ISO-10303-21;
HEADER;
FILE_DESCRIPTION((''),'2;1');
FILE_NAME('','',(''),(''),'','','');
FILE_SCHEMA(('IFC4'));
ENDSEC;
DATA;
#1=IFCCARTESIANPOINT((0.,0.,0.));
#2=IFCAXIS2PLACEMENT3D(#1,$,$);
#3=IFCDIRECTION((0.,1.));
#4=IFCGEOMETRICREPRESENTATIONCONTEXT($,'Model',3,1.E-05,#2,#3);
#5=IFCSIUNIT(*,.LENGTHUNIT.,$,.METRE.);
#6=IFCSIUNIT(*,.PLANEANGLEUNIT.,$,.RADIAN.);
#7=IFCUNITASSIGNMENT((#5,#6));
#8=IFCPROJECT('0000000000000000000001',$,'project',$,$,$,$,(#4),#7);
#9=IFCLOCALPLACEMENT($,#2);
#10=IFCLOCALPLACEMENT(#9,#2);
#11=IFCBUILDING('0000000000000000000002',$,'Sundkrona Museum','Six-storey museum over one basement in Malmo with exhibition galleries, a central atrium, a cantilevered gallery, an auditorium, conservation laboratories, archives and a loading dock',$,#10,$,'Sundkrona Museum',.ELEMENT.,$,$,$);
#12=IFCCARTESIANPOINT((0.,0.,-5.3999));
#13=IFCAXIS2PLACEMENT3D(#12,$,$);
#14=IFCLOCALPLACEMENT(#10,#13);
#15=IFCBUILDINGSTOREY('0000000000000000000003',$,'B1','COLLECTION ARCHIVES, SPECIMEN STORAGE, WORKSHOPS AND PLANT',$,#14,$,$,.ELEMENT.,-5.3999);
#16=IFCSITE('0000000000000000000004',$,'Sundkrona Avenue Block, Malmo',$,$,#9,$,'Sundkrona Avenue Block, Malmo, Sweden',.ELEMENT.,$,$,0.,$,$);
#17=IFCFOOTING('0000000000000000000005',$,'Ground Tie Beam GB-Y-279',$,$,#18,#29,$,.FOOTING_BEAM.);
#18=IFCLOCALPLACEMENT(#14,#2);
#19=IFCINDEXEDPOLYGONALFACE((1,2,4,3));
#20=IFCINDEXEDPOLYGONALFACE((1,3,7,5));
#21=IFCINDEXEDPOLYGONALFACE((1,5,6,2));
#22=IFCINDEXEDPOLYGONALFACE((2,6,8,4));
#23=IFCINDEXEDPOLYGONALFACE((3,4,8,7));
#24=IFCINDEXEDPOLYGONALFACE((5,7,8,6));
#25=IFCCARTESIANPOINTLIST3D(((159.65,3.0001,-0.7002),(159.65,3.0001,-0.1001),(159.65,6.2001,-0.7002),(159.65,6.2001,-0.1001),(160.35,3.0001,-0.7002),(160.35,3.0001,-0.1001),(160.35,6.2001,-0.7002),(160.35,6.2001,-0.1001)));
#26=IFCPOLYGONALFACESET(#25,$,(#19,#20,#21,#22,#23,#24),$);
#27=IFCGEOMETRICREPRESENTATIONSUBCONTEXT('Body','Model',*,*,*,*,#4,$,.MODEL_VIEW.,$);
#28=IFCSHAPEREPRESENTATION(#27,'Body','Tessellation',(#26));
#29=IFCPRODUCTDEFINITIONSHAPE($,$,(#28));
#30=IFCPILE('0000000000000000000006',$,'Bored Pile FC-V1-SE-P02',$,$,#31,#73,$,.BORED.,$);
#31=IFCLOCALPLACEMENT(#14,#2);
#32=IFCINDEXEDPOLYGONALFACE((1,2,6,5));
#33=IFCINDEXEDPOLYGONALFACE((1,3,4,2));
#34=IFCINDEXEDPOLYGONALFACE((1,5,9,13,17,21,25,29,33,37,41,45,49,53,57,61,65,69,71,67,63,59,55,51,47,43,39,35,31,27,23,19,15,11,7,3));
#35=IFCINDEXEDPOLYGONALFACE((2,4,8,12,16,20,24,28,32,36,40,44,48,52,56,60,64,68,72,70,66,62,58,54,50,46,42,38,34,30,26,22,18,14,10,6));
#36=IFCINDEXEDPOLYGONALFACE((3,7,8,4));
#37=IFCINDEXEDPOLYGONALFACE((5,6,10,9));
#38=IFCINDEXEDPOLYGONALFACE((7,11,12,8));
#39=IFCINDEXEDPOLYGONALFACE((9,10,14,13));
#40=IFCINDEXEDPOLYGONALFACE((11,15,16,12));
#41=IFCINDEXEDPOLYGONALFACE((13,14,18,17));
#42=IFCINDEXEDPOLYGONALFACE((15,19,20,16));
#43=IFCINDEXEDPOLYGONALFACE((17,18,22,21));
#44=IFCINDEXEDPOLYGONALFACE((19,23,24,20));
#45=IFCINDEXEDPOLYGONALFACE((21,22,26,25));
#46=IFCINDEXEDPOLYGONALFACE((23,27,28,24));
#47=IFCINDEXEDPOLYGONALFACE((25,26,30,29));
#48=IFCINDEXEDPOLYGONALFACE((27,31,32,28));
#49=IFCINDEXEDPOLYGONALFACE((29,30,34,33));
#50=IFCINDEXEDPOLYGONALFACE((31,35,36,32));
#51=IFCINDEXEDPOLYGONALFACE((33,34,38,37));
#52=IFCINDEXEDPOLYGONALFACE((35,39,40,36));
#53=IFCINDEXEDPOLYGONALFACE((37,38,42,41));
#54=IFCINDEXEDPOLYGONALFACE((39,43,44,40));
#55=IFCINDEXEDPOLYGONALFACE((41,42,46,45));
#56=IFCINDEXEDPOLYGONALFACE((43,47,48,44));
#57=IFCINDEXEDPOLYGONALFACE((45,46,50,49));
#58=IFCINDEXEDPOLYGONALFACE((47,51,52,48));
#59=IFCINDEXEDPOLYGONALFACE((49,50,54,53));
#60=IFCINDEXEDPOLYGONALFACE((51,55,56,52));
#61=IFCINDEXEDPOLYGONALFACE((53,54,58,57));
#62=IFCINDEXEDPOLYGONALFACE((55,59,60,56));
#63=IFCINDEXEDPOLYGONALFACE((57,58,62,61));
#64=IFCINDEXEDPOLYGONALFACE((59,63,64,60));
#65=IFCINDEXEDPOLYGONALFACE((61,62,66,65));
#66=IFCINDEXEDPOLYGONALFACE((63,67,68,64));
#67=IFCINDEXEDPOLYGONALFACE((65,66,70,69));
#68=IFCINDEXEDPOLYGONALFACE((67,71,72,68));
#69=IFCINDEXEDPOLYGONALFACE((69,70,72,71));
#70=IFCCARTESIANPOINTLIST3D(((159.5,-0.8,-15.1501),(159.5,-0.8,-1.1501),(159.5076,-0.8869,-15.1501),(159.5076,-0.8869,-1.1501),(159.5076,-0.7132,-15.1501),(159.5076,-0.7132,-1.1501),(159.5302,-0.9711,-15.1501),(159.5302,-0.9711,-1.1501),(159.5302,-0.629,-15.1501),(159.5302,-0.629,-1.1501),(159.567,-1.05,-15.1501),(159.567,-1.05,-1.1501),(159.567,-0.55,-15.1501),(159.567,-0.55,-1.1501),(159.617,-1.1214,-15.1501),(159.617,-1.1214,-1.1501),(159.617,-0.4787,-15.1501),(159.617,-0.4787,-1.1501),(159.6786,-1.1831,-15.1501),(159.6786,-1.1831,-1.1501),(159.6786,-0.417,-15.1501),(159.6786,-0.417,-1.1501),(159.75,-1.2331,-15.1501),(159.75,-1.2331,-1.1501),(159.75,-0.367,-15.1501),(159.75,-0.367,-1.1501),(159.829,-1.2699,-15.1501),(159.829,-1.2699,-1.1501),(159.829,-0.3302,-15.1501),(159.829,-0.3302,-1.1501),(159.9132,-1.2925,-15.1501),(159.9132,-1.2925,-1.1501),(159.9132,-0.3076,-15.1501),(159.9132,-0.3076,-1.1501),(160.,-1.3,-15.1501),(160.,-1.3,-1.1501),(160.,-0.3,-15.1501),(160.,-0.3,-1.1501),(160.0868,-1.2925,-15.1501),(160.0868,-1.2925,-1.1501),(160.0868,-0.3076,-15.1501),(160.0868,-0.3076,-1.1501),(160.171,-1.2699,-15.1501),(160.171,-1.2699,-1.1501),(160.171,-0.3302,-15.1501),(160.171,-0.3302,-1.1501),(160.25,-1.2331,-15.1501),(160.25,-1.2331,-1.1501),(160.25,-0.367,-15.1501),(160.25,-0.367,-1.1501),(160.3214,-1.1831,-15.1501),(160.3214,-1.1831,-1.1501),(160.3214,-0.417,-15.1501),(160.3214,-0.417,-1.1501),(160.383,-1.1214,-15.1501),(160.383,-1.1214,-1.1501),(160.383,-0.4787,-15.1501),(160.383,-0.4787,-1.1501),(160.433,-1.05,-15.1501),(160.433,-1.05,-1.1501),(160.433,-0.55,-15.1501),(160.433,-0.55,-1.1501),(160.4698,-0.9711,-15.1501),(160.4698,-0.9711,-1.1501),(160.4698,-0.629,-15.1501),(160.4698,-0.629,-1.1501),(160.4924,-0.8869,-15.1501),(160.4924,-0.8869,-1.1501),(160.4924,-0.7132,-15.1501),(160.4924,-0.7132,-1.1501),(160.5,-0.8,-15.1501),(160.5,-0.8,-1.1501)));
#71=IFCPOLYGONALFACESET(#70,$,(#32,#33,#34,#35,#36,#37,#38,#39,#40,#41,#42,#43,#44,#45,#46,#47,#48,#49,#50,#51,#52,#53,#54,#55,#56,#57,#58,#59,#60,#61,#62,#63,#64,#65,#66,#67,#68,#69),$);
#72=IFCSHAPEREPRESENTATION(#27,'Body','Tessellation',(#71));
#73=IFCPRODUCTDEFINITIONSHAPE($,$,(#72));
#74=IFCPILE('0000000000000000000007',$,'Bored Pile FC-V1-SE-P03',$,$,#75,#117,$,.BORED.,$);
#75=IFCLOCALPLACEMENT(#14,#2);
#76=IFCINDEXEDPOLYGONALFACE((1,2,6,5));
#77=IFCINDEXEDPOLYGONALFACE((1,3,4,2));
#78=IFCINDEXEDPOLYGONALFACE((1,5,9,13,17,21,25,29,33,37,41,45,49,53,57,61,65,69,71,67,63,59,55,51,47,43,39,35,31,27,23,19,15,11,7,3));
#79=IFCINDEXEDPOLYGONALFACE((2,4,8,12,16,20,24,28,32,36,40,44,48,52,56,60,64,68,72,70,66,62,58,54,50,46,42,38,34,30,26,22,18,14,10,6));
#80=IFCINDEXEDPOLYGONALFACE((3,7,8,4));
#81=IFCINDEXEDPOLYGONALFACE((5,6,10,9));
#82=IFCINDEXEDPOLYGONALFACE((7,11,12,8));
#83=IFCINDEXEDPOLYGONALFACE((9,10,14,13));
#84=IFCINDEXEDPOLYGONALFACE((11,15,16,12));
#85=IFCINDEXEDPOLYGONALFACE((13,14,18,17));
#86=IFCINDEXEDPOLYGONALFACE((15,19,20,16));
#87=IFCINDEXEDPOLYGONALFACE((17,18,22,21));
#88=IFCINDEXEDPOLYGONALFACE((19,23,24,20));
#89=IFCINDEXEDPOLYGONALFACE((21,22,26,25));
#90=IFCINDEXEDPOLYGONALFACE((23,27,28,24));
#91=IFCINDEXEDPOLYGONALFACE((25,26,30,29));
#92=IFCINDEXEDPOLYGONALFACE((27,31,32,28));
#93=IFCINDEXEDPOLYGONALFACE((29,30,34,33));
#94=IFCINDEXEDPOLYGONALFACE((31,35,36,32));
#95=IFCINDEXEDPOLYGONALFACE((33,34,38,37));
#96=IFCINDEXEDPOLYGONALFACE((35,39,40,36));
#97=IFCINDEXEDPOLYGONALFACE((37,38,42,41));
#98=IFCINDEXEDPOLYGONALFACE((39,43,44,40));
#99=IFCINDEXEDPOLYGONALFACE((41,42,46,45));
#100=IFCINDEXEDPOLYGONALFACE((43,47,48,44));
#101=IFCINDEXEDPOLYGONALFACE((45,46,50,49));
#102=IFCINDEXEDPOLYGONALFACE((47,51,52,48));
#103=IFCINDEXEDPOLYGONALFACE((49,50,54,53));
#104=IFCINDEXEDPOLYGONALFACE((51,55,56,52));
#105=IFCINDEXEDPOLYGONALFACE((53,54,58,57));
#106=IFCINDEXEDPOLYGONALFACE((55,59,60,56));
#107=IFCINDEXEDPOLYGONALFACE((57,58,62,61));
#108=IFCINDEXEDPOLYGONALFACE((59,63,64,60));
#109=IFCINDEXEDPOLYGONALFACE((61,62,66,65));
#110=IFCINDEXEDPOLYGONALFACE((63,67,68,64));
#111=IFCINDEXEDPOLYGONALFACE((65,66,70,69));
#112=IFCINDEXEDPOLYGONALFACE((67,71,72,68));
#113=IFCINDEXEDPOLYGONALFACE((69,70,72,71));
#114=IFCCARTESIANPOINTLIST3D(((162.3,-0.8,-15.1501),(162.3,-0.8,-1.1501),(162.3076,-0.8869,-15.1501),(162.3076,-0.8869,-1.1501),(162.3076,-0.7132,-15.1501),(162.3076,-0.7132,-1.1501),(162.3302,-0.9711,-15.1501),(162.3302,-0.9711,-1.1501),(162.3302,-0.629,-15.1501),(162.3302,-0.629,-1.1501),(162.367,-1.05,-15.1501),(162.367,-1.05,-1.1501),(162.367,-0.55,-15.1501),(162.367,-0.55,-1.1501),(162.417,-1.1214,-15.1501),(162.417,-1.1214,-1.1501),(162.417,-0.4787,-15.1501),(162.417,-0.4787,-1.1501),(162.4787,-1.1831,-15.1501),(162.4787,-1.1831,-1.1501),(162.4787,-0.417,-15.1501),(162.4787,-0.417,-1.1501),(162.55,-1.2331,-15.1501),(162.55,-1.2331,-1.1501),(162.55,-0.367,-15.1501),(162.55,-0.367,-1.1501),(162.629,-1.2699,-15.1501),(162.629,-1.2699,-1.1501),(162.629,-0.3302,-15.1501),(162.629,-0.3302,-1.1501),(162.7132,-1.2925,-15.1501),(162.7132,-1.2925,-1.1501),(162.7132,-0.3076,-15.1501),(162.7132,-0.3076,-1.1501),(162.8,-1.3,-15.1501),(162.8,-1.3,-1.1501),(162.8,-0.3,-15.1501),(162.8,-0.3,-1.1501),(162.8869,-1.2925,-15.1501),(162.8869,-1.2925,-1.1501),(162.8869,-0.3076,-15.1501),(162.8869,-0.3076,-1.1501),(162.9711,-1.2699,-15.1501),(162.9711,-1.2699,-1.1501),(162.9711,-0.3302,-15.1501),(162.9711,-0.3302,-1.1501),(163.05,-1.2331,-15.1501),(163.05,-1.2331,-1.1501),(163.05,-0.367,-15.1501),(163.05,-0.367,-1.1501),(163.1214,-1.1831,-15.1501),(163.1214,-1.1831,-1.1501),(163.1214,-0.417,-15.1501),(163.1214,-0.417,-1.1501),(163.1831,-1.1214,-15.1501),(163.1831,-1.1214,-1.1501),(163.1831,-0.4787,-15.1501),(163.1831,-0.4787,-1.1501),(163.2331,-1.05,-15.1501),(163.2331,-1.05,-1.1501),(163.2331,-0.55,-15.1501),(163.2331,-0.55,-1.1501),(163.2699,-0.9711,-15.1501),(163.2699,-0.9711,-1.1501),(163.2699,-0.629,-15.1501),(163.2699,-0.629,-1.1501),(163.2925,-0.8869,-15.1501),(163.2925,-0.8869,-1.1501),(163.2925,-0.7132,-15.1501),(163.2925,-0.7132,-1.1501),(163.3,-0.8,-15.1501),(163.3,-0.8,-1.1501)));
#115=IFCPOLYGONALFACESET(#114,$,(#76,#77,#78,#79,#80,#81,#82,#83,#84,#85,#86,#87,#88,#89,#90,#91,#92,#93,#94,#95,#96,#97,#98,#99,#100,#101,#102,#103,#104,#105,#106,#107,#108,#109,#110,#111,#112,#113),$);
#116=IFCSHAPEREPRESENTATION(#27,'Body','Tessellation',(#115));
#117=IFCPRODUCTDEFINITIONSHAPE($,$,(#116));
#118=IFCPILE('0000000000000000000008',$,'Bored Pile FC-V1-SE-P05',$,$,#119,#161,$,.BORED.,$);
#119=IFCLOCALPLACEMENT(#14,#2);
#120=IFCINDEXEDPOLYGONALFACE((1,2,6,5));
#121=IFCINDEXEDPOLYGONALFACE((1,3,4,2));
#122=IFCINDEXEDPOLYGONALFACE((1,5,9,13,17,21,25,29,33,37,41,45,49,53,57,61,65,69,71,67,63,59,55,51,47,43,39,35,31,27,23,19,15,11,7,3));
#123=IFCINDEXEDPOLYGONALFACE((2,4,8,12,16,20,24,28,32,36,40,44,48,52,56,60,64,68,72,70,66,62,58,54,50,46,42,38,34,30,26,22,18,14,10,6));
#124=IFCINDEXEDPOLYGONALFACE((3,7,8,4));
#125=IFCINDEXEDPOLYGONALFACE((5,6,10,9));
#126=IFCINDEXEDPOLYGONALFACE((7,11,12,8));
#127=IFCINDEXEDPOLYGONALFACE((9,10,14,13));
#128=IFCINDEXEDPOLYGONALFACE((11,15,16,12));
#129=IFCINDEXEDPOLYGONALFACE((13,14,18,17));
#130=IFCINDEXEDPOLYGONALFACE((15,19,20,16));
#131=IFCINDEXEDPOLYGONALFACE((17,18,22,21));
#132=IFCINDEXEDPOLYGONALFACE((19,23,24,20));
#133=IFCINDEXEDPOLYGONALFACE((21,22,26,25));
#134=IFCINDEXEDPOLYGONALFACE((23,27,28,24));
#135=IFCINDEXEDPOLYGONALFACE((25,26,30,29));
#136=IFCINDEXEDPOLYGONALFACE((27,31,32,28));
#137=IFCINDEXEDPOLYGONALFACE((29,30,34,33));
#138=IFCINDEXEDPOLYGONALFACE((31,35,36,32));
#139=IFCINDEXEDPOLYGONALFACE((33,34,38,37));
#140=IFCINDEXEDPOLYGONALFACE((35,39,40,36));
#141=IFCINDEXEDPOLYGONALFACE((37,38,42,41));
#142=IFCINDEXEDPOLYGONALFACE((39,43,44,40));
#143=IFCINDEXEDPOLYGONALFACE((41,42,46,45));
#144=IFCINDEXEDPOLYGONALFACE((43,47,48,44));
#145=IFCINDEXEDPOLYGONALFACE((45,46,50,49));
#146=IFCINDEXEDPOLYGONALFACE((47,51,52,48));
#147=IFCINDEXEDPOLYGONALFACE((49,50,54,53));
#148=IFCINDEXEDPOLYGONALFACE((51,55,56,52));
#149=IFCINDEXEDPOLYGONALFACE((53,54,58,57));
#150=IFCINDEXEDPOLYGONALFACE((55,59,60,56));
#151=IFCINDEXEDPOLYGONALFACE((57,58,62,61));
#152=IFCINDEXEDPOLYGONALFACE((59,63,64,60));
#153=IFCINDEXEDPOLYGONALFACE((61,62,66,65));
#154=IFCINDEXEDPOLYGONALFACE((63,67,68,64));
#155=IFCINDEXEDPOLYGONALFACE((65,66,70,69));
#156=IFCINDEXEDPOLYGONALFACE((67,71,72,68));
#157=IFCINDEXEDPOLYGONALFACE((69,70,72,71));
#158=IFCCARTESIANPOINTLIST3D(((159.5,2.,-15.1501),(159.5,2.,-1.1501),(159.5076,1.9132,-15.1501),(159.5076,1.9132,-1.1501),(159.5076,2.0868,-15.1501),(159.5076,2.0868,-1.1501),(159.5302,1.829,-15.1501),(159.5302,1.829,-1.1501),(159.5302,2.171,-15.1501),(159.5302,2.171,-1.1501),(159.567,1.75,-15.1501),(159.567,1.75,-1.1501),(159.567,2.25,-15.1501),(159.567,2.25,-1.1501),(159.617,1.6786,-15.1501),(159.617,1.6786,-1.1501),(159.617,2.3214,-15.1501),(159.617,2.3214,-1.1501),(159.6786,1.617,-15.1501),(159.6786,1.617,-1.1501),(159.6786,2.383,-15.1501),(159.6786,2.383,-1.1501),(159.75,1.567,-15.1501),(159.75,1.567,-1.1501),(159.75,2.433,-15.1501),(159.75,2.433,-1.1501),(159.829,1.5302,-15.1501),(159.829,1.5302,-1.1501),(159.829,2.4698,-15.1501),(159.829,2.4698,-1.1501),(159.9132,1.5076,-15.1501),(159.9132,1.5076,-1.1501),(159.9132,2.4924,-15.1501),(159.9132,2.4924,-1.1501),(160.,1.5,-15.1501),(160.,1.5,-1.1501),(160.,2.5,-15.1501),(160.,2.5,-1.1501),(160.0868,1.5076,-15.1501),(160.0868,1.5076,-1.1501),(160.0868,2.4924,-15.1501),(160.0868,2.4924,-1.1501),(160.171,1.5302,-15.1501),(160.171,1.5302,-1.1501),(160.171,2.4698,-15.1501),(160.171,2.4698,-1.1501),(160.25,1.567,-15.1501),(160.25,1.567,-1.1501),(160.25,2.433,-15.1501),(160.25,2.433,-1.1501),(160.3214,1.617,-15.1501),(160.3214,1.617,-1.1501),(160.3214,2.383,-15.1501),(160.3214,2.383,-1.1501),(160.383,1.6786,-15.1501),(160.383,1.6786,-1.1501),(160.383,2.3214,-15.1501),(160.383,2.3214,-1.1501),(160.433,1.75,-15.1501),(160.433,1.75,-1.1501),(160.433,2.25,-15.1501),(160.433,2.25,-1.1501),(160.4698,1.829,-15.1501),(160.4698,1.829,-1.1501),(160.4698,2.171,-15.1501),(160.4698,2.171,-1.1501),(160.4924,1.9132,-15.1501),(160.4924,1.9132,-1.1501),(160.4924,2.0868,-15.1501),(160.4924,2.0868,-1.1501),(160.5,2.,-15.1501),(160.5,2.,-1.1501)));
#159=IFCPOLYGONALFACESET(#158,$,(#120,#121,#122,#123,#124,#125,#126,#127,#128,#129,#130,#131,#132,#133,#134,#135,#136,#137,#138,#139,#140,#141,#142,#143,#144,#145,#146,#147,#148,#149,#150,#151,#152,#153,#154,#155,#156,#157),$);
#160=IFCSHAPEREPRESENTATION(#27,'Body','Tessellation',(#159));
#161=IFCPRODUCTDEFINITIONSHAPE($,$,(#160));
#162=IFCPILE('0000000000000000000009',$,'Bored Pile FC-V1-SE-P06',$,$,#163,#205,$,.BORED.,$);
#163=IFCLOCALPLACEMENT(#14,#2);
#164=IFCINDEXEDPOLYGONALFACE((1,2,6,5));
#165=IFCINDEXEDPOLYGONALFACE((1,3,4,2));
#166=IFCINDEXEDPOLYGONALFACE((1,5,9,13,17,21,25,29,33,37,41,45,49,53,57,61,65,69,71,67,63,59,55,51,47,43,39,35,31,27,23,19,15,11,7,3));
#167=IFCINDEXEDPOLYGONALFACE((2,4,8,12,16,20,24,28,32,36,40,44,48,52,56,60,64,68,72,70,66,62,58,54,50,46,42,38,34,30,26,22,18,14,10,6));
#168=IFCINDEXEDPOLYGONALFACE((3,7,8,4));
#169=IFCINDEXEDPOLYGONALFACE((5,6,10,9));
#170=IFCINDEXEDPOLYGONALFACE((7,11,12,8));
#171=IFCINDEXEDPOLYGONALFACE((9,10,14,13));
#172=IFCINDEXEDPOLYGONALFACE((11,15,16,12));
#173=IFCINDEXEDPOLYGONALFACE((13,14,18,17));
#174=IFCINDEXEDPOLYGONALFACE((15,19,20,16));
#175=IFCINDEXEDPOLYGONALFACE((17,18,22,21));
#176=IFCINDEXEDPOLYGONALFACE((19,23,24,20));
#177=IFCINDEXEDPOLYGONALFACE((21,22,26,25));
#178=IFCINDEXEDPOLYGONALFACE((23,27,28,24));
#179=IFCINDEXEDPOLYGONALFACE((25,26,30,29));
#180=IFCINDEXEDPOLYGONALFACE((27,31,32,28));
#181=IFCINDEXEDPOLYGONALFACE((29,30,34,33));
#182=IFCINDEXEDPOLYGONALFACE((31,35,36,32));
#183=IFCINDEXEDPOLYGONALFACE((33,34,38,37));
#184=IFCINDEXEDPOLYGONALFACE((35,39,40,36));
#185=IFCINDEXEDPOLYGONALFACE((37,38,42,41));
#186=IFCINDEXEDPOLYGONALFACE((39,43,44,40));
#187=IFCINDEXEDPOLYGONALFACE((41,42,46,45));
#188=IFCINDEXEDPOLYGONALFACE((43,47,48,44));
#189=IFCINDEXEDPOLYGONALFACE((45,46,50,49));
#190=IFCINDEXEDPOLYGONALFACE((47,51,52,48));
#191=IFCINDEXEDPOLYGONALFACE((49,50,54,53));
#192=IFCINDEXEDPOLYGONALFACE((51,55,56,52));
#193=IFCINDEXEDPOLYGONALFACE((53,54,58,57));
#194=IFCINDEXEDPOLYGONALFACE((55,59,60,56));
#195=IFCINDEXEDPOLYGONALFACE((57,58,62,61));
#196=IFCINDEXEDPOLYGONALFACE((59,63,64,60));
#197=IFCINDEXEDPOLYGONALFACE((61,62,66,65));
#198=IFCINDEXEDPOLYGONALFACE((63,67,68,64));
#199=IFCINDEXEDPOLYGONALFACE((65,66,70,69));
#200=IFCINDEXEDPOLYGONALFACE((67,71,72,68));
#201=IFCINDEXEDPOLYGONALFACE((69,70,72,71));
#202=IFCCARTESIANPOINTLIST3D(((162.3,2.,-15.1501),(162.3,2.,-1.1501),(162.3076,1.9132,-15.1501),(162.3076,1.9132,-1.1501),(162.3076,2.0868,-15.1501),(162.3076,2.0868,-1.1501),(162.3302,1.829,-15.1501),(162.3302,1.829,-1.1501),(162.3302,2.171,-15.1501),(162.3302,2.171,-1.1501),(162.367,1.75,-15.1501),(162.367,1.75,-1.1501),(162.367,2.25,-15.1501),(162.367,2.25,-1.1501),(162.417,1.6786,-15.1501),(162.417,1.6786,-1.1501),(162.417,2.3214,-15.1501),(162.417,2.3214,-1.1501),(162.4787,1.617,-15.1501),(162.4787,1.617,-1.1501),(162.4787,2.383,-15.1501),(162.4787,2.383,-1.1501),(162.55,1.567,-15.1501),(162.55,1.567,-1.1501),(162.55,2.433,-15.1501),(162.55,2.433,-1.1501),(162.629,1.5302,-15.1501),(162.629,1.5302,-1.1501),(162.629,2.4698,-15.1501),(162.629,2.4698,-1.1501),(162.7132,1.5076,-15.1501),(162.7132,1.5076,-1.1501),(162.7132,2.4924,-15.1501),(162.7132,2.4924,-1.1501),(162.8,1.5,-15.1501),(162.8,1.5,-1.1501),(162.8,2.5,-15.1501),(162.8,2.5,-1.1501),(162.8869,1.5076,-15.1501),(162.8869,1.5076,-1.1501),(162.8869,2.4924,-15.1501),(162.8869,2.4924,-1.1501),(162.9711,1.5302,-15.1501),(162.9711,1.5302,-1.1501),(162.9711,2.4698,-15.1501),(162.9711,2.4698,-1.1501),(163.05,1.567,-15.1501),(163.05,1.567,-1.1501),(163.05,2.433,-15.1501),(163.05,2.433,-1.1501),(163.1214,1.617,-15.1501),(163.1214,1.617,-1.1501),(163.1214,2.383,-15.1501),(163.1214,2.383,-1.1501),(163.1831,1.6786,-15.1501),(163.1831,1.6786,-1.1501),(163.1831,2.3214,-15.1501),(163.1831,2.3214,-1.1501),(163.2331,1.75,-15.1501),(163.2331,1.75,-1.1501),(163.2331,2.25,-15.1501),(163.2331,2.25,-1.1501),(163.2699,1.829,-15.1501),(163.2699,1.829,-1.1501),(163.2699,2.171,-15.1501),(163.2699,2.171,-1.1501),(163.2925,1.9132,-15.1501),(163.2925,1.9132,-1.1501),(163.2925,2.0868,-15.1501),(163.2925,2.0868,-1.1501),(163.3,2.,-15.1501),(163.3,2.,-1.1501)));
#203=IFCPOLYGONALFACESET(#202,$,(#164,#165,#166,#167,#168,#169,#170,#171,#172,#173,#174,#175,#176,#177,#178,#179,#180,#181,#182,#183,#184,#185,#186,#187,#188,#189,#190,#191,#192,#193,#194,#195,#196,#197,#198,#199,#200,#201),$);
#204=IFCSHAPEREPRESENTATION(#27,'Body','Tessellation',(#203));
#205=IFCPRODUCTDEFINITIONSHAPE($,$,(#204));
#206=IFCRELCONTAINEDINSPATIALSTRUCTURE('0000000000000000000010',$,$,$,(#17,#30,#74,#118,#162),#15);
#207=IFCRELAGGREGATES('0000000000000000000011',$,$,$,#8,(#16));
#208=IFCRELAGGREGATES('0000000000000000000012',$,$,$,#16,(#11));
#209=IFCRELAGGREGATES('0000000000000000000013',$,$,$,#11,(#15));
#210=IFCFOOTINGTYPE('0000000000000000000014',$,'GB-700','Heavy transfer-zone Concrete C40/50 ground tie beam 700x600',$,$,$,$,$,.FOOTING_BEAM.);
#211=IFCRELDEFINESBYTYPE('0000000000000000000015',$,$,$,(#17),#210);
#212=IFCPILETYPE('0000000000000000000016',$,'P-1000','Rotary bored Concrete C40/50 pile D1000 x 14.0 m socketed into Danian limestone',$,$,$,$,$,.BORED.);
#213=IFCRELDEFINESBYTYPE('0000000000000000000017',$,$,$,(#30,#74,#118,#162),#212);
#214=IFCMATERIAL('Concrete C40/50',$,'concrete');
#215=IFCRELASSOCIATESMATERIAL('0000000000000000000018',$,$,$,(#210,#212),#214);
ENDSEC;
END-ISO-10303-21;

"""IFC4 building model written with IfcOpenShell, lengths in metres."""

from ifc_helpers import new_model, si_unit, direction, frame, origin, origin_2d, place, context, subcontext, project, spatial, rectangle, circle, extrude, material, material_profile, profile_set, type_object, element, save


model = new_model("IFC4")

# Units and contexts
model_context = context("Model", 3, precision=1e-05, world=origin(), true_north=direction((0.0, 1.0)))
body_context = subcontext(model_context, "Body", "Model", "MODEL_VIEW")
ifc_project = project(units=[si_unit("LENGTHUNIT", "METRE"), si_unit("PLANEANGLEUNIT", "RADIAN")], contexts=[model_context])

# Site, building, storey
site_placement = place(None, origin())
site = spatial("IfcSite", under=ifc_project, at=site_placement, Name="Sundkrona Avenue Block, Malmo", LongName="Sundkrona Avenue Block, Malmo, Sweden", CompositionType="ELEMENT", RefElevation=0.0)
building_placement = place(site_placement, origin())
building = spatial("IfcBuilding", under=site, at=building_placement, Name="Sundkrona Museum", Description="Six-storey museum over one basement in Malmo with exhibition galleries, a central atrium, a cantilevered gallery, an auditorium, conservation laboratories, archives and a loading dock", LongName="Sundkrona Museum", CompositionType="ELEMENT")
storey_placement = place(building_placement, frame((0.0, 0.0, -5.3999)))
storey = spatial("IfcBuildingStorey", under=building, at=storey_placement, Name="B1", Description="COLLECTION ARCHIVES, SPECIMEN STORAGE, WORKSHOPS AND PLANT", CompositionType="ELEMENT", Elevation=-5.3999)

# Footing
ifc_material_1 = material(Name="Concrete C40/50", Category="concrete")
footing_type_1 = type_object("IfcFootingType", Name="GB-700", Description="Heavy transfer-zone Concrete C40/50 ground tie beam 700x600", PredefinedType="FOOTING_BEAM", material=ifc_material_1)
footing_1_placement = place(storey_placement, frame((160.0, 4.6001, -0.7002), z_axis=(0.0, 0.0, 1.0), x_axis=(0.0, 1.0, 0.0)))
element("IfcFooting", 1, at=footing_1_placement, inside=storey, type_object=footing_type_1, Name="Ground Tie Beam GB-Y-279", PredefinedType="FOOTING_BEAM", context=body_context, shape_type="SweptSolid", body=[
    extrude(rectangle(XDim=3.2, YDim=0.7, at=origin_2d()), origin(), (0.0, 0.0, 1.0), 0.6001),
])

# Piles
ifc_material_profile_1 = material_profile(ifc_material_1, circle(Radius=0.5, at=origin_2d()), Name="PILE D1000")
ifc_profile_set_1 = profile_set([ifc_material_profile_1], Name="Concrete C40/50")
pile_type_1 = type_object("IfcPileType", Name="P-1000", Description="Rotary bored Concrete C40/50 pile D1000 x 14.0 m socketed into Danian limestone", PredefinedType="BORED", material=ifc_profile_set_1)
for number, where, z_axis, x_axis, name in (
    (2, (160.0, -0.8, -1.1501), (0.0, 0.0, -1.0), (1.0, 0.0, 0.0), "Bored Pile FC-V1-SE-P02"),
    (3, (162.8, -0.8, -1.1501), (0.0, 0.0, -1.0), (1.0, 0.0, 0.0), "Bored Pile FC-V1-SE-P03"),
    (4, (160.0, 2.0, -1.1501), (0.0, 0.0, -1.0), (1.0, 0.0, 0.0), "Bored Pile FC-V1-SE-P05"),
    (5, (162.8, 2.0, -1.1501), (0.0, 0.0, -1.0), (1.0, 0.0, 0.0), "Bored Pile FC-V1-SE-P06"),
):
    element("IfcPile", number, at=place(storey_placement, frame(where, z_axis=z_axis, x_axis=x_axis)), inside=storey, type_object=pile_type_1, Name=name, PredefinedType="BORED", context=body_context, shape_type="SweptSolid", body=[
        extrude(circle(Radius=0.5, at=origin_2d()), origin(), (0.0, 0.0, 1.0), 14.0),
    ])

save(model, "model.ifc")
